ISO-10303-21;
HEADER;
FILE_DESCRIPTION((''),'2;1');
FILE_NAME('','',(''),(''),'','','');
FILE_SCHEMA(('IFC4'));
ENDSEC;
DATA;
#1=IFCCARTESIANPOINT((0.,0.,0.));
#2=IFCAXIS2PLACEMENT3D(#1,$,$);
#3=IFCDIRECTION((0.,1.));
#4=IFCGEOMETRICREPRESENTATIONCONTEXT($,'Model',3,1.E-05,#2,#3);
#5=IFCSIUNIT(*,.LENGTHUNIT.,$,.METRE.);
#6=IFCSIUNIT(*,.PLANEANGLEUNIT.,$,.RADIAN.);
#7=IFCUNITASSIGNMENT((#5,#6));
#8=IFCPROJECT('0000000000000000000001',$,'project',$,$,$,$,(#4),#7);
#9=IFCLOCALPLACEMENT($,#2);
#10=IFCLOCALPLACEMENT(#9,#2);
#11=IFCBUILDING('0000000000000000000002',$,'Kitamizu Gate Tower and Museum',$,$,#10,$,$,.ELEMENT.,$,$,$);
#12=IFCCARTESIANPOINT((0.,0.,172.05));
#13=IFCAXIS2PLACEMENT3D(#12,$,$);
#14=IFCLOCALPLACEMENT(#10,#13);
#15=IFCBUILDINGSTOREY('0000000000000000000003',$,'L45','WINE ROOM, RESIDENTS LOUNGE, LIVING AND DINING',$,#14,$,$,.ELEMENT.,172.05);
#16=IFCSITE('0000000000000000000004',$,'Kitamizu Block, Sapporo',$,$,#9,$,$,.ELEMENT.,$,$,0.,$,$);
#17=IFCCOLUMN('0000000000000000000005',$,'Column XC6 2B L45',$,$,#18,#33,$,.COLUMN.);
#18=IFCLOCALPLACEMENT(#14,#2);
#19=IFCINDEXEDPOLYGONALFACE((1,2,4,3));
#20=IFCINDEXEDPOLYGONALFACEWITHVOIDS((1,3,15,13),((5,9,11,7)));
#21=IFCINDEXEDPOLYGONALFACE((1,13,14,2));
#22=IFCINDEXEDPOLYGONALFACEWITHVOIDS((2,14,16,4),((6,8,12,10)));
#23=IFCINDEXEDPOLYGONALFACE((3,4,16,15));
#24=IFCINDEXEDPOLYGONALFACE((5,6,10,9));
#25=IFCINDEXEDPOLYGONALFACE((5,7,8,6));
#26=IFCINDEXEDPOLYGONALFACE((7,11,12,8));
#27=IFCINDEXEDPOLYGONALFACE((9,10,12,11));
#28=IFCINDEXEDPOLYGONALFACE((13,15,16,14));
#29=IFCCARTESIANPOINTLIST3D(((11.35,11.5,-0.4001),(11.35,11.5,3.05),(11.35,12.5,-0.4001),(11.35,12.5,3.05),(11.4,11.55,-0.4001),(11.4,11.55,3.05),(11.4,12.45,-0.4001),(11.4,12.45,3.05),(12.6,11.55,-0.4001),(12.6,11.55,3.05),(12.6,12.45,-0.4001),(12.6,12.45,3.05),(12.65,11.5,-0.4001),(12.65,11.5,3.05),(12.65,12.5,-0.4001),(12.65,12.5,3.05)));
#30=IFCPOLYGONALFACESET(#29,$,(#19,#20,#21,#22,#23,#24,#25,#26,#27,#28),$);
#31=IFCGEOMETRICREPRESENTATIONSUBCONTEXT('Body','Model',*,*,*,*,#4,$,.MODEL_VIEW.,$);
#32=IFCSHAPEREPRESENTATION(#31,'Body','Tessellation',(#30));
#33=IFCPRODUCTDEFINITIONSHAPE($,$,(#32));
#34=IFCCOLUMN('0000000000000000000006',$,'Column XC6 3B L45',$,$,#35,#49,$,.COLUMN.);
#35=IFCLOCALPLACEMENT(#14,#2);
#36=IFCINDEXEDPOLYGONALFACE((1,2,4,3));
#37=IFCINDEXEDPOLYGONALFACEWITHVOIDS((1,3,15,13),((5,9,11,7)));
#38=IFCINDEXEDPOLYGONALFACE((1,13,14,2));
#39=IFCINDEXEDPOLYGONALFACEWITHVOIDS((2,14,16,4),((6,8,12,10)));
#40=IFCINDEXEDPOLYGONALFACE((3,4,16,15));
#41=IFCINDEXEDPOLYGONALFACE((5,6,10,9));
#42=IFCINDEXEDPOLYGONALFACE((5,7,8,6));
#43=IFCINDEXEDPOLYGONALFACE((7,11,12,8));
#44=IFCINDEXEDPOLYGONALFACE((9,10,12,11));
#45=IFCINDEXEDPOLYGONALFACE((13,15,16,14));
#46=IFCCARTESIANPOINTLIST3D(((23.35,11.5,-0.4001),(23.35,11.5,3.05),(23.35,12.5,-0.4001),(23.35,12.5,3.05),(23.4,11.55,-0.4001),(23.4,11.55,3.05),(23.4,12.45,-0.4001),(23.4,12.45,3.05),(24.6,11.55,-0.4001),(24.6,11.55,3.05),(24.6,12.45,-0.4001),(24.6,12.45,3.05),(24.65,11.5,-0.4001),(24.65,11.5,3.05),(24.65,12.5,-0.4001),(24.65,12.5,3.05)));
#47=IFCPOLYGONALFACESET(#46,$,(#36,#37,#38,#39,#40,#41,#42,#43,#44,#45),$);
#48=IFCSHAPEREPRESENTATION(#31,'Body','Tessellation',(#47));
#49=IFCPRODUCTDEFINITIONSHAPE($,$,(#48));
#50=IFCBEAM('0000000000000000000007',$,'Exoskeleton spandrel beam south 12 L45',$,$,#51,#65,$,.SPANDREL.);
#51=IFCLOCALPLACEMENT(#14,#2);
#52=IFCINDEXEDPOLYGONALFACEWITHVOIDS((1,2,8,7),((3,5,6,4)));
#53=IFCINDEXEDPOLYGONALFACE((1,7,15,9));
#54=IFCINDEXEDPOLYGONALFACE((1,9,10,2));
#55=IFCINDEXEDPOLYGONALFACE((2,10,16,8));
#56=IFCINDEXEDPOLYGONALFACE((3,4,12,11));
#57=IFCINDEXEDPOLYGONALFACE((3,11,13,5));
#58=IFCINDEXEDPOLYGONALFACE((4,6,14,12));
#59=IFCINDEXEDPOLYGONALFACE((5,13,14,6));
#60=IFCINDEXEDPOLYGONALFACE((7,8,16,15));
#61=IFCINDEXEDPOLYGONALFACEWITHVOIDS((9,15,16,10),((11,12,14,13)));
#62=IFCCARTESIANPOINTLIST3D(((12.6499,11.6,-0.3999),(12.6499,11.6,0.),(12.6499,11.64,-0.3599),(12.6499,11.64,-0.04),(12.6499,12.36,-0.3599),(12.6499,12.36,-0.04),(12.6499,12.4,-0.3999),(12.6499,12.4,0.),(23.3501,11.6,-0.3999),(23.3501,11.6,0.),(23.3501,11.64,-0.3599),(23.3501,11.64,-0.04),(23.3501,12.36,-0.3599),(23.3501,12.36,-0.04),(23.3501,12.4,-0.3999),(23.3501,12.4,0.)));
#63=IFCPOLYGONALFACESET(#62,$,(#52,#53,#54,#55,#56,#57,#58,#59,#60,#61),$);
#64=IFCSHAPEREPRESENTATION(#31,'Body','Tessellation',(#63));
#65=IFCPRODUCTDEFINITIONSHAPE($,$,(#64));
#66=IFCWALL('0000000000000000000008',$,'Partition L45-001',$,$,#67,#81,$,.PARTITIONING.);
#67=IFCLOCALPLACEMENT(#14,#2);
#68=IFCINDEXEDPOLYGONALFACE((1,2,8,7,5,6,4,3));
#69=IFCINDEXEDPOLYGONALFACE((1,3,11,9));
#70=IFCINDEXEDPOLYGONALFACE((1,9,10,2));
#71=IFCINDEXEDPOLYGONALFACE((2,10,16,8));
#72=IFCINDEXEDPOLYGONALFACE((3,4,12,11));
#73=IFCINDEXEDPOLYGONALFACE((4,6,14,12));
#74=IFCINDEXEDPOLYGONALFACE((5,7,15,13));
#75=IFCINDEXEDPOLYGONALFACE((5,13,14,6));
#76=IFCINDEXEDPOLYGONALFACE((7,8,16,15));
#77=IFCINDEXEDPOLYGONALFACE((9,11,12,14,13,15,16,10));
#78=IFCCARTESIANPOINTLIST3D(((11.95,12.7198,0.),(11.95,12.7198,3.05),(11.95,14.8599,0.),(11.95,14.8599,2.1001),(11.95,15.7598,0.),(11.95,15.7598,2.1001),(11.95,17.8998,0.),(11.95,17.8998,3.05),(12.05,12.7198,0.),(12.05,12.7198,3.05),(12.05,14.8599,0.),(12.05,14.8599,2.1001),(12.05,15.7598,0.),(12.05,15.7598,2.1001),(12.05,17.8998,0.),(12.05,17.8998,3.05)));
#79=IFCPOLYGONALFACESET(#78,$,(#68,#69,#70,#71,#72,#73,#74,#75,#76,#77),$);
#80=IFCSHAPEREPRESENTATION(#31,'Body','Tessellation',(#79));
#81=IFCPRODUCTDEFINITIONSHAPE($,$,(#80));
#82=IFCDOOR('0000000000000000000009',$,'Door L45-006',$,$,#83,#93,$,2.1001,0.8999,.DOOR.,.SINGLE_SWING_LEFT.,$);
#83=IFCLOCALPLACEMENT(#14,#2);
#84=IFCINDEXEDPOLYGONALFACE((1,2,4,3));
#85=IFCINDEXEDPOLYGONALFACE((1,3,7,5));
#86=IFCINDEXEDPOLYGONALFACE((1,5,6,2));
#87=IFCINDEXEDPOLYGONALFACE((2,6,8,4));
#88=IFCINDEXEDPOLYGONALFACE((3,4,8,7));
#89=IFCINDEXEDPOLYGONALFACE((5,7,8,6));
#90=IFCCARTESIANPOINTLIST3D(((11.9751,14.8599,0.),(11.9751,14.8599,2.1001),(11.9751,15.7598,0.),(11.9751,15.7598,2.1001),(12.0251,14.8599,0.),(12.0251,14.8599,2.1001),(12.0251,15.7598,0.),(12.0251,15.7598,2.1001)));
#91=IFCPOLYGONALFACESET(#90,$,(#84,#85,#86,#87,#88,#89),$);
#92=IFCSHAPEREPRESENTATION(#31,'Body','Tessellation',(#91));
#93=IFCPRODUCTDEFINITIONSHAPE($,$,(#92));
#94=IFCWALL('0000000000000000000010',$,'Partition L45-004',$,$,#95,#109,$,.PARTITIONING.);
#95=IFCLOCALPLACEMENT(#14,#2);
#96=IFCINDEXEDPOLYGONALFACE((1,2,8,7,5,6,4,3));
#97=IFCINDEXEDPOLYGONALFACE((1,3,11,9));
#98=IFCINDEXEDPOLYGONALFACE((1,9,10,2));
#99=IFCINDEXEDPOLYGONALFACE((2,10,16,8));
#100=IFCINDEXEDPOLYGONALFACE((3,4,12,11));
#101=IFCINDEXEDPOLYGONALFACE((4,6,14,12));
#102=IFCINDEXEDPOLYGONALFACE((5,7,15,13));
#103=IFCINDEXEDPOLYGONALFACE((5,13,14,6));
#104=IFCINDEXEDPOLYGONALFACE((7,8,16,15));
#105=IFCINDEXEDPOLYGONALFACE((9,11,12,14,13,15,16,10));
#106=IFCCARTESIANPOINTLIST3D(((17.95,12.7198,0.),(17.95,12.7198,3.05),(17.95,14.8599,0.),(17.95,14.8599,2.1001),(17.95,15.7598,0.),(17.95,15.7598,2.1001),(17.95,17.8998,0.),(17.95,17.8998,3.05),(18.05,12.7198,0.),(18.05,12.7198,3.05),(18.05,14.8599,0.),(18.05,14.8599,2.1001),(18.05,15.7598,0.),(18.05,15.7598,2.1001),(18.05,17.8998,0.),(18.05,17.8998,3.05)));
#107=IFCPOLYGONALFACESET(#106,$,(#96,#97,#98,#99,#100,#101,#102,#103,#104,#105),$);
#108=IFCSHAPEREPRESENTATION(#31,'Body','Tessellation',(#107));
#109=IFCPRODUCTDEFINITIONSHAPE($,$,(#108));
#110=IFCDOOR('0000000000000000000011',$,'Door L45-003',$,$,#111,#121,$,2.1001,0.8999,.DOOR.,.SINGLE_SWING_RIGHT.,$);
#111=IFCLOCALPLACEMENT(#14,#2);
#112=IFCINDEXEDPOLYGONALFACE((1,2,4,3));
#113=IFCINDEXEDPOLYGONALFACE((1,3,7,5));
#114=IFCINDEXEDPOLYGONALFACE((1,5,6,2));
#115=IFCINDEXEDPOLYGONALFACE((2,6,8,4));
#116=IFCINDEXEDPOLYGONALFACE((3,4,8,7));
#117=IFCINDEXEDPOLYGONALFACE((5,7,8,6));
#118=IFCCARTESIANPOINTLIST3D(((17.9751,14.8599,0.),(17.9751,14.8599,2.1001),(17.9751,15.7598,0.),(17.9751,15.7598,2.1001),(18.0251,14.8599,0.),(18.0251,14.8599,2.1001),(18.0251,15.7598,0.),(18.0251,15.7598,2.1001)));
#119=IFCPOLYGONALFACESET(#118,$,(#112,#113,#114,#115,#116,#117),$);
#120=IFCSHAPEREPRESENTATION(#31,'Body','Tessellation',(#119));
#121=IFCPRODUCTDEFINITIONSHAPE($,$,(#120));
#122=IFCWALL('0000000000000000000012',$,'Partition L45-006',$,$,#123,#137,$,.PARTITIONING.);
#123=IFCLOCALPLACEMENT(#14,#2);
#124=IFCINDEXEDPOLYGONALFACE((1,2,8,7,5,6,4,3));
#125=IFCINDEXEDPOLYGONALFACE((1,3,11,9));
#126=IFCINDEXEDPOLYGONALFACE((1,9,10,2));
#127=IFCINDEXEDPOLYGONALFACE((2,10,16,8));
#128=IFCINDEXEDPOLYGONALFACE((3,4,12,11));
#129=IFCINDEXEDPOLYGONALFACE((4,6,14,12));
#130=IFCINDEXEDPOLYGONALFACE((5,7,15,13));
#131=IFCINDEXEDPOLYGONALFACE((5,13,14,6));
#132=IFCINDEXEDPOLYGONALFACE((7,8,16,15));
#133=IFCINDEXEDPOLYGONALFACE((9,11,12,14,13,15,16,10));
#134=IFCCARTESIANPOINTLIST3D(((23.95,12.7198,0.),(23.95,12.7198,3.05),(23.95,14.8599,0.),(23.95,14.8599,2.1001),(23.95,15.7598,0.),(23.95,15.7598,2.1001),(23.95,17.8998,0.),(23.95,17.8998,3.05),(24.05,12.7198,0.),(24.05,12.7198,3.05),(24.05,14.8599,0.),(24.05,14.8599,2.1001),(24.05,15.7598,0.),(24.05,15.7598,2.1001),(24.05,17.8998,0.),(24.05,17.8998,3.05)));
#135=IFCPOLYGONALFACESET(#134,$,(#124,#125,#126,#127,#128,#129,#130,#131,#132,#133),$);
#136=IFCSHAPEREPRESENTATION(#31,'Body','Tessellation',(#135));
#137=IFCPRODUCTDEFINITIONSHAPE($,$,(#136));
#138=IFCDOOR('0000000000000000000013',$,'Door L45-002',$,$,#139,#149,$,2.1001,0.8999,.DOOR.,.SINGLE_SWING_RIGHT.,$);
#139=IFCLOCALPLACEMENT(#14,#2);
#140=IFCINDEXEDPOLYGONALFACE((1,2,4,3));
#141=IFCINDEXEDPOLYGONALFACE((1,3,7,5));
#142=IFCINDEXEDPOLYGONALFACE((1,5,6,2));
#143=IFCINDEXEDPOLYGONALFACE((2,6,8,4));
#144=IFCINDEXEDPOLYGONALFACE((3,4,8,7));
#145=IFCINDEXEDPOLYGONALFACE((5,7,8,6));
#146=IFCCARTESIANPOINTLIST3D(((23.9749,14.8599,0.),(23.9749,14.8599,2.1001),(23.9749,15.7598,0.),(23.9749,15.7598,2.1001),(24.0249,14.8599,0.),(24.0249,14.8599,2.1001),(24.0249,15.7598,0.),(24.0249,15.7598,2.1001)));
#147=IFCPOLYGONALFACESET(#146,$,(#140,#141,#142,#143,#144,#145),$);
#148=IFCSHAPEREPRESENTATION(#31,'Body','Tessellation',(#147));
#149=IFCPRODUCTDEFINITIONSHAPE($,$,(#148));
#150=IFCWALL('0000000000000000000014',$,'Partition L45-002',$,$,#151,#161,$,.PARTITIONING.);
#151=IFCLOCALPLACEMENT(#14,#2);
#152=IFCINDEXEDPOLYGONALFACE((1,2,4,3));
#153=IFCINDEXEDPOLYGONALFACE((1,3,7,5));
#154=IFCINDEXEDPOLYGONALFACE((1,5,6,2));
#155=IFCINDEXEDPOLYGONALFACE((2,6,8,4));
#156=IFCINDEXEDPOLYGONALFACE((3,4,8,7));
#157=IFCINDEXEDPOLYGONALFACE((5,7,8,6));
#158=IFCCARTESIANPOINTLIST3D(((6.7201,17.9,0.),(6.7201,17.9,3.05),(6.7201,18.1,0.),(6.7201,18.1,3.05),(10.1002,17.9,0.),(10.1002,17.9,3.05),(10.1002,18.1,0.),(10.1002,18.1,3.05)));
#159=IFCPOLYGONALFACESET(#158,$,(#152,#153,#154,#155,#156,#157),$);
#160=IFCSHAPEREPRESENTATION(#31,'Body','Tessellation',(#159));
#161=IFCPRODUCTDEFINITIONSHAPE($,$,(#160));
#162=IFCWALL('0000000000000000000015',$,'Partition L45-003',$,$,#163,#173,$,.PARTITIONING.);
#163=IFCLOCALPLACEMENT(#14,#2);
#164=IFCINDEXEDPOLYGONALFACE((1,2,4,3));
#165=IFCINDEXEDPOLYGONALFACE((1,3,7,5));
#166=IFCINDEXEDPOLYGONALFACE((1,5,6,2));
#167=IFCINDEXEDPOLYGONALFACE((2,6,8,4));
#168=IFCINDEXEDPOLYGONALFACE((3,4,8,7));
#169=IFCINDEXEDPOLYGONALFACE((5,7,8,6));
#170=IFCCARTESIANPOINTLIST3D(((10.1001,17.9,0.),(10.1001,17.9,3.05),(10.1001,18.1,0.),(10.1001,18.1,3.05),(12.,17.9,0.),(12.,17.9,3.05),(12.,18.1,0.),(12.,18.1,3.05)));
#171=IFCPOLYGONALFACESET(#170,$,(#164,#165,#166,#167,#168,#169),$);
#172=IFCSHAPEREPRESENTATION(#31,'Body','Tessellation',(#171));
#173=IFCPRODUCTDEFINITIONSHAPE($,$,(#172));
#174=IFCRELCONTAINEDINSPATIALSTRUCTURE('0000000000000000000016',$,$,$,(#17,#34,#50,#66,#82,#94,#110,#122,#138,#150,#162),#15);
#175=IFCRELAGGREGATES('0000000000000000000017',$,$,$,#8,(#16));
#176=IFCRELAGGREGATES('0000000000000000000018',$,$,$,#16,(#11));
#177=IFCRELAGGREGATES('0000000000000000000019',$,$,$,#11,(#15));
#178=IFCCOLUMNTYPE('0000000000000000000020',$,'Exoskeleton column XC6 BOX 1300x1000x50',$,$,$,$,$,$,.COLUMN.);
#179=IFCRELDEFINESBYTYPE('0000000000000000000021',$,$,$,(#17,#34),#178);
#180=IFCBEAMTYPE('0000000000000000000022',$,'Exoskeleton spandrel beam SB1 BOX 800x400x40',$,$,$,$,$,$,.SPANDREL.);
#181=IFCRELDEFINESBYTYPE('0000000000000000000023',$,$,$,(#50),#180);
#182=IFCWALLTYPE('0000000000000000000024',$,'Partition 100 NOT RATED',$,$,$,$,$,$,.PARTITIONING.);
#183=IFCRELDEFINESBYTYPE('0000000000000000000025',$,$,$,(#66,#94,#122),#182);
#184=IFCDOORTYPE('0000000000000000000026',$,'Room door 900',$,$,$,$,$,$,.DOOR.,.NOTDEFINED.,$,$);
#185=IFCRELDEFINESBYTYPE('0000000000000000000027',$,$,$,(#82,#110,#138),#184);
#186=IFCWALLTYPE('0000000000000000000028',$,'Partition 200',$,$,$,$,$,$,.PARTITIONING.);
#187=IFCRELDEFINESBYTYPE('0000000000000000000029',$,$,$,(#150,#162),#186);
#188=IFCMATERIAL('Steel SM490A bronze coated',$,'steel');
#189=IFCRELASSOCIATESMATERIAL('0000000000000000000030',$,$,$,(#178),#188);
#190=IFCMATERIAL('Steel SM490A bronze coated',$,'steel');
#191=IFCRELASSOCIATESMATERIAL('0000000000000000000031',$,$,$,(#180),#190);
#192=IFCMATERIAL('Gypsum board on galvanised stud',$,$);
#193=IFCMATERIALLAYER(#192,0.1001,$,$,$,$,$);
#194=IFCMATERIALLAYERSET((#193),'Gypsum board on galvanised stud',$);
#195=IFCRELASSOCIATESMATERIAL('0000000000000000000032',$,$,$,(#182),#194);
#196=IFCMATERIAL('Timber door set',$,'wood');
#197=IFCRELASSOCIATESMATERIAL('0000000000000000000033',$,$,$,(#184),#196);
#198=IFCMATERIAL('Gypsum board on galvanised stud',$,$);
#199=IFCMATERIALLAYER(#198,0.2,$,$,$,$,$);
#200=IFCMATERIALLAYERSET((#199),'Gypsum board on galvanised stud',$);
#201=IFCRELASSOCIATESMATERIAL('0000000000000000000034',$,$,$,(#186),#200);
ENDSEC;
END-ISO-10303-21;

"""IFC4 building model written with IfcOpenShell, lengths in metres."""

from ifc_helpers import new_model, si_unit, direction, frame, frame_2d, origin, origin_2d, place, context, subcontext, project, spatial, rectangle, hollow_rectangle, extrude, material, layer, layer_set, material_profile, profile_set, type_object, element, fill, save


model = new_model("IFC4")

# Units and contexts
model_context = context("Model", 3, precision=1e-05, world=origin(), true_north=direction((0.0, 1.0)))
body_context = subcontext(model_context, "Body", "Model", "MODEL_VIEW")
ifc_project = project(units=[si_unit("LENGTHUNIT", "METRE"), si_unit("PLANEANGLEUNIT", "RADIAN")], contexts=[model_context])

# Site, building, storey
site_placement = place(None, origin())
site = spatial("IfcSite", under=ifc_project, at=site_placement, Name="Kitamizu Block, Sapporo", CompositionType="ELEMENT", RefElevation=0.0)
building_placement = place(site_placement, origin())
building = spatial("IfcBuilding", under=site, at=building_placement, Name="Kitamizu Gate Tower and Museum", CompositionType="ELEMENT")
storey_placement = place(building_placement, frame((0.0, 0.0, 172.05)))
storey = spatial("IfcBuildingStorey", under=building, at=storey_placement, Name="L45", Description="WINE ROOM, RESIDENTS LOUNGE, LIVING AND DINING", CompositionType="ELEMENT", Elevation=172.05)

# Columns
ifc_material_1 = material(Name="Steel SM490A bronze coated", Category="steel")
ifc_material_profile_1 = material_profile(ifc_material_1, hollow_rectangle(XDim=1.3, YDim=1.0, WallThickness=0.05, at=origin_2d()), Name="BOX 1300x1000x50")
ifc_profile_set_1 = profile_set([ifc_material_profile_1], Name="Steel SM490A bronze coated")
column_type = type_object("IfcColumnType", Name="Exoskeleton column XC6 BOX 1300x1000x50", PredefinedType="COLUMN", material=ifc_profile_set_1)
for number, where, z_axis, x_axis, name in (
    (1, (12.0, 12.0, -0.4001), (0.0, 0.0, 1.0), (1.0, 0.0, 0.0), "Column XC6 2B L45"),
    (2, (24.0, 12.0, -0.4001), (0.0, 0.0, 1.0), (1.0, 0.0, 0.0), "Column XC6 3B L45"),
):
    element("IfcColumn", number, at=place(storey_placement, frame(where, z_axis=z_axis, x_axis=x_axis)), inside=storey, type_object=column_type, Name=name, PredefinedType="COLUMN", context=body_context, shape_type="SweptSolid", body=[
        extrude(hollow_rectangle(XDim=1.3, YDim=1.0, WallThickness=0.05, at=origin_2d()), origin(), (0.0, 0.0, 1.0), 3.4502),
    ])

# Beam
ifc_material_2 = material(Name="Steel SM490A bronze coated", Category="steel")
ifc_material_profile_2 = material_profile(ifc_material_2, hollow_rectangle(XDim=0.8, YDim=0.3999, WallThickness=0.04, at=origin_2d()), Name="BOX 800x400x40")
ifc_profile_set_2 = profile_set([ifc_material_profile_2], Name="Steel SM490A bronze coated")
beam_type = type_object("IfcBeamType", Name="Exoskeleton spandrel beam SB1 BOX 800x400x40", PredefinedType="SPANDREL", material=ifc_profile_set_2)
beam_placement = place(storey_placement, frame((12.6499, 12.0, -0.2), z_axis=(1.0, 0.0, 0.0), x_axis=(0.0, 1.0, 0.0)))
element("IfcBeam", 3, at=beam_placement, inside=storey, type_object=beam_type, Name="Exoskeleton spandrel beam south 12 L45", PredefinedType="SPANDREL", context=body_context, shape_type="SweptSolid", body=[
    extrude(hollow_rectangle(XDim=0.8, YDim=0.3999, WallThickness=0.04, at=origin_2d()), origin(), (0.0, 0.0, 1.0), 10.7002),
])

# Walls, openings, doors
ifc_material_3 = material(Name="Gypsum board on galvanised stud")
ifc_layer_1 = layer(ifc_material_3, 0.1001)
ifc_layer_set_1 = layer_set([ifc_layer_1], Name="Gypsum board on galvanised stud")
wall_type_1 = type_object("IfcWallType", Name="Partition 100 NOT RATED", PredefinedType="PARTITIONING", material=ifc_layer_set_1)
wall_1_placement = place(storey_placement, frame((12.0, 12.72, 0.0), z_axis=(0.0, 0.0, 1.0), x_axis=(0.0, 1.0, 0.0)))
wall_1 = element("IfcWall", 4, at=wall_1_placement, inside=storey, type_object=wall_type_1, Name="Partition L45-001", PredefinedType="PARTITIONING", context=body_context, shape_type="SweptSolid", body=[
    extrude(rectangle(XDim=5.1799, YDim=0.1001, at=frame_2d((2.5898, 0.0))), origin(), (0.0, 0.0, 1.0), 3.05),
])
opening_1_placement = place(wall_1_placement, frame((2.1399, 0.0, 0.0)))
opening_1 = element("IfcOpeningElement", 5, at=opening_1_placement, cuts=wall_1, PredefinedType="OPENING", context=body_context, shape_type="SweptSolid", body=[
    extrude(rectangle(XDim=0.8999, YDim=2.1001, at=frame_2d((0.45, 1.05))), frame((0.0, 0.0601, 0.0), z_axis=(0.0, -1.0, 0.0), x_axis=(1.0, 0.0, 0.0)), (0.0, 0.0, 1.0), 0.1201),
])
ifc_material_4 = material(Name="Timber door set", Category="wood")
door_type_1 = type_object("IfcDoorType", Name="Room door 900", OperationType="NOTDEFINED", PredefinedType="DOOR", material=ifc_material_4)
door_1_placement = place(opening_1_placement, origin())
door_1 = element("IfcDoor", 6, at=door_1_placement, inside=storey, type_object=door_type_1, Name="Door L45-006", OperationType="SINGLE_SWING_LEFT", OverallHeight=2.1001, OverallWidth=0.8999, PredefinedType="DOOR", context=body_context, shape_type="SweptSolid", body=[
    extrude(rectangle(XDim=0.8999, YDim=2.1001, at=frame_2d((0.45, 1.05))), frame((0.0, 0.0249, 0.0), z_axis=(0.0, -1.0, 0.0), x_axis=(1.0, 0.0, 0.0)), (0.0, 0.0, 1.0), 0.05),
])
fill(opening_1, door_1)
wall_2_placement = place(storey_placement, frame((18.0, 12.72, 0.0), z_axis=(0.0, 0.0, 1.0), x_axis=(0.0, 1.0, 0.0)))
wall_2 = element("IfcWall", 7, at=wall_2_placement, inside=storey, type_object=wall_type_1, Name="Partition L45-004", PredefinedType="PARTITIONING", context=body_context, shape_type="SweptSolid", body=[
    extrude(rectangle(XDim=5.1799, YDim=0.1001, at=frame_2d((2.5898, 0.0))), origin(), (0.0, 0.0, 1.0), 3.05),
])
opening_2_placement = place(wall_2_placement, frame((2.1399, 0.0, 0.0)))
opening_2 = element("IfcOpeningElement", 8, at=opening_2_placement, cuts=wall_2, PredefinedType="OPENING", context=body_context, shape_type="SweptSolid", body=[
    extrude(rectangle(XDim=0.8999, YDim=2.1001, at=frame_2d((0.45, 1.05))), frame((0.0, 0.0601, 0.0), z_axis=(0.0, -1.0, 0.0), x_axis=(1.0, 0.0, 0.0)), (0.0, 0.0, 1.0), 0.1201),
])
door_2_placement = place(opening_2_placement, origin())
door_2 = element("IfcDoor", 9, at=door_2_placement, inside=storey, type_object=door_type_1, Name="Door L45-003", OperationType="SINGLE_SWING_RIGHT", OverallHeight=2.1001, OverallWidth=0.8999, PredefinedType="DOOR", context=body_context, shape_type="SweptSolid", body=[
    extrude(rectangle(XDim=0.8999, YDim=2.1001, at=frame_2d((0.45, 1.05))), frame((0.0, 0.0249, 0.0), z_axis=(0.0, -1.0, 0.0), x_axis=(1.0, 0.0, 0.0)), (0.0, 0.0, 1.0), 0.05),
])
fill(opening_2, door_2)
wall_3_placement = place(storey_placement, frame((24.0, 12.72, 0.0), z_axis=(0.0, 0.0, 1.0), x_axis=(0.0, 1.0, 0.0)))
wall_3 = element("IfcWall", 10, at=wall_3_placement, inside=storey, type_object=wall_type_1, Name="Partition L45-006", PredefinedType="PARTITIONING", context=body_context, shape_type="SweptSolid", body=[
    extrude(rectangle(XDim=5.1799, YDim=0.1001, at=frame_2d((2.5898, 0.0))), origin(), (0.0, 0.0, 1.0), 3.05),
])
opening_3_placement = place(wall_3_placement, frame((2.1399, 0.0, 0.0)))
opening_3 = element("IfcOpeningElement", 11, at=opening_3_placement, cuts=wall_3, PredefinedType="OPENING", context=body_context, shape_type="SweptSolid", body=[
    extrude(rectangle(XDim=0.8999, YDim=2.1001, at=frame_2d((0.45, 1.05))), frame((0.0, 0.0601, 0.0), z_axis=(0.0, -1.0, 0.0), x_axis=(1.0, 0.0, 0.0)), (0.0, 0.0, 1.0), 0.1201),
])
door_3_placement = place(opening_3_placement, frame((0.8999, 0.0, 0.0), x_axis=(-1.0, 0.0, 0.0)))
door_3 = element("IfcDoor", 12, at=door_3_placement, inside=storey, type_object=door_type_1, Name="Door L45-002", OperationType="SINGLE_SWING_RIGHT", OverallHeight=2.1001, OverallWidth=0.8999, PredefinedType="DOOR", context=body_context, shape_type="SweptSolid", body=[
    extrude(rectangle(XDim=0.8999, YDim=2.1001, at=frame_2d((0.45, 1.05))), frame((0.0, 0.0249, 0.0), z_axis=(0.0, -1.0, 0.0), x_axis=(1.0, 0.0, 0.0)), (0.0, 0.0, 1.0), 0.05),
])
fill(opening_3, door_3)

# Walls
ifc_material_5 = material(Name="Gypsum board on galvanised stud")
ifc_layer_2 = layer(ifc_material_5, 0.2)
ifc_layer_set_2 = layer_set([ifc_layer_2], Name="Gypsum board on galvanised stud")
wall_type_2 = type_object("IfcWallType", Name="Partition 200", PredefinedType="PARTITIONING", material=ifc_layer_set_2)
wall_4_placement = place(storey_placement, frame((10.1001, 18.0, 0.0), z_axis=(0.0, 0.0, 1.0), x_axis=(-1.0, 0.0, 0.0)))
element("IfcWall", 13, at=wall_4_placement, inside=storey, type_object=wall_type_2, Name="Partition L45-002", PredefinedType="PARTITIONING", context=body_context, shape_type="SweptSolid", body=[
    extrude(rectangle(XDim=3.3801, YDim=0.2, at=frame_2d((1.6899, 0.0))), origin(), (0.0, 0.0, 1.0), 3.05),
])
wall_5_placement = place(storey_placement, frame((12.0, 18.0, 0.0), z_axis=(0.0, 0.0, 1.0), x_axis=(-1.0, 0.0, 0.0)))
element("IfcWall", 14, at=wall_5_placement, inside=storey, type_object=wall_type_2, Name="Partition L45-003", PredefinedType="PARTITIONING", context=body_context, shape_type="SweptSolid", body=[
    extrude(rectangle(XDim=1.8999, YDim=0.2, at=frame_2d((0.95, 0.0))), origin(), (0.0, 0.0, 1.0), 3.05),
])

save(model, "model.ifc")
